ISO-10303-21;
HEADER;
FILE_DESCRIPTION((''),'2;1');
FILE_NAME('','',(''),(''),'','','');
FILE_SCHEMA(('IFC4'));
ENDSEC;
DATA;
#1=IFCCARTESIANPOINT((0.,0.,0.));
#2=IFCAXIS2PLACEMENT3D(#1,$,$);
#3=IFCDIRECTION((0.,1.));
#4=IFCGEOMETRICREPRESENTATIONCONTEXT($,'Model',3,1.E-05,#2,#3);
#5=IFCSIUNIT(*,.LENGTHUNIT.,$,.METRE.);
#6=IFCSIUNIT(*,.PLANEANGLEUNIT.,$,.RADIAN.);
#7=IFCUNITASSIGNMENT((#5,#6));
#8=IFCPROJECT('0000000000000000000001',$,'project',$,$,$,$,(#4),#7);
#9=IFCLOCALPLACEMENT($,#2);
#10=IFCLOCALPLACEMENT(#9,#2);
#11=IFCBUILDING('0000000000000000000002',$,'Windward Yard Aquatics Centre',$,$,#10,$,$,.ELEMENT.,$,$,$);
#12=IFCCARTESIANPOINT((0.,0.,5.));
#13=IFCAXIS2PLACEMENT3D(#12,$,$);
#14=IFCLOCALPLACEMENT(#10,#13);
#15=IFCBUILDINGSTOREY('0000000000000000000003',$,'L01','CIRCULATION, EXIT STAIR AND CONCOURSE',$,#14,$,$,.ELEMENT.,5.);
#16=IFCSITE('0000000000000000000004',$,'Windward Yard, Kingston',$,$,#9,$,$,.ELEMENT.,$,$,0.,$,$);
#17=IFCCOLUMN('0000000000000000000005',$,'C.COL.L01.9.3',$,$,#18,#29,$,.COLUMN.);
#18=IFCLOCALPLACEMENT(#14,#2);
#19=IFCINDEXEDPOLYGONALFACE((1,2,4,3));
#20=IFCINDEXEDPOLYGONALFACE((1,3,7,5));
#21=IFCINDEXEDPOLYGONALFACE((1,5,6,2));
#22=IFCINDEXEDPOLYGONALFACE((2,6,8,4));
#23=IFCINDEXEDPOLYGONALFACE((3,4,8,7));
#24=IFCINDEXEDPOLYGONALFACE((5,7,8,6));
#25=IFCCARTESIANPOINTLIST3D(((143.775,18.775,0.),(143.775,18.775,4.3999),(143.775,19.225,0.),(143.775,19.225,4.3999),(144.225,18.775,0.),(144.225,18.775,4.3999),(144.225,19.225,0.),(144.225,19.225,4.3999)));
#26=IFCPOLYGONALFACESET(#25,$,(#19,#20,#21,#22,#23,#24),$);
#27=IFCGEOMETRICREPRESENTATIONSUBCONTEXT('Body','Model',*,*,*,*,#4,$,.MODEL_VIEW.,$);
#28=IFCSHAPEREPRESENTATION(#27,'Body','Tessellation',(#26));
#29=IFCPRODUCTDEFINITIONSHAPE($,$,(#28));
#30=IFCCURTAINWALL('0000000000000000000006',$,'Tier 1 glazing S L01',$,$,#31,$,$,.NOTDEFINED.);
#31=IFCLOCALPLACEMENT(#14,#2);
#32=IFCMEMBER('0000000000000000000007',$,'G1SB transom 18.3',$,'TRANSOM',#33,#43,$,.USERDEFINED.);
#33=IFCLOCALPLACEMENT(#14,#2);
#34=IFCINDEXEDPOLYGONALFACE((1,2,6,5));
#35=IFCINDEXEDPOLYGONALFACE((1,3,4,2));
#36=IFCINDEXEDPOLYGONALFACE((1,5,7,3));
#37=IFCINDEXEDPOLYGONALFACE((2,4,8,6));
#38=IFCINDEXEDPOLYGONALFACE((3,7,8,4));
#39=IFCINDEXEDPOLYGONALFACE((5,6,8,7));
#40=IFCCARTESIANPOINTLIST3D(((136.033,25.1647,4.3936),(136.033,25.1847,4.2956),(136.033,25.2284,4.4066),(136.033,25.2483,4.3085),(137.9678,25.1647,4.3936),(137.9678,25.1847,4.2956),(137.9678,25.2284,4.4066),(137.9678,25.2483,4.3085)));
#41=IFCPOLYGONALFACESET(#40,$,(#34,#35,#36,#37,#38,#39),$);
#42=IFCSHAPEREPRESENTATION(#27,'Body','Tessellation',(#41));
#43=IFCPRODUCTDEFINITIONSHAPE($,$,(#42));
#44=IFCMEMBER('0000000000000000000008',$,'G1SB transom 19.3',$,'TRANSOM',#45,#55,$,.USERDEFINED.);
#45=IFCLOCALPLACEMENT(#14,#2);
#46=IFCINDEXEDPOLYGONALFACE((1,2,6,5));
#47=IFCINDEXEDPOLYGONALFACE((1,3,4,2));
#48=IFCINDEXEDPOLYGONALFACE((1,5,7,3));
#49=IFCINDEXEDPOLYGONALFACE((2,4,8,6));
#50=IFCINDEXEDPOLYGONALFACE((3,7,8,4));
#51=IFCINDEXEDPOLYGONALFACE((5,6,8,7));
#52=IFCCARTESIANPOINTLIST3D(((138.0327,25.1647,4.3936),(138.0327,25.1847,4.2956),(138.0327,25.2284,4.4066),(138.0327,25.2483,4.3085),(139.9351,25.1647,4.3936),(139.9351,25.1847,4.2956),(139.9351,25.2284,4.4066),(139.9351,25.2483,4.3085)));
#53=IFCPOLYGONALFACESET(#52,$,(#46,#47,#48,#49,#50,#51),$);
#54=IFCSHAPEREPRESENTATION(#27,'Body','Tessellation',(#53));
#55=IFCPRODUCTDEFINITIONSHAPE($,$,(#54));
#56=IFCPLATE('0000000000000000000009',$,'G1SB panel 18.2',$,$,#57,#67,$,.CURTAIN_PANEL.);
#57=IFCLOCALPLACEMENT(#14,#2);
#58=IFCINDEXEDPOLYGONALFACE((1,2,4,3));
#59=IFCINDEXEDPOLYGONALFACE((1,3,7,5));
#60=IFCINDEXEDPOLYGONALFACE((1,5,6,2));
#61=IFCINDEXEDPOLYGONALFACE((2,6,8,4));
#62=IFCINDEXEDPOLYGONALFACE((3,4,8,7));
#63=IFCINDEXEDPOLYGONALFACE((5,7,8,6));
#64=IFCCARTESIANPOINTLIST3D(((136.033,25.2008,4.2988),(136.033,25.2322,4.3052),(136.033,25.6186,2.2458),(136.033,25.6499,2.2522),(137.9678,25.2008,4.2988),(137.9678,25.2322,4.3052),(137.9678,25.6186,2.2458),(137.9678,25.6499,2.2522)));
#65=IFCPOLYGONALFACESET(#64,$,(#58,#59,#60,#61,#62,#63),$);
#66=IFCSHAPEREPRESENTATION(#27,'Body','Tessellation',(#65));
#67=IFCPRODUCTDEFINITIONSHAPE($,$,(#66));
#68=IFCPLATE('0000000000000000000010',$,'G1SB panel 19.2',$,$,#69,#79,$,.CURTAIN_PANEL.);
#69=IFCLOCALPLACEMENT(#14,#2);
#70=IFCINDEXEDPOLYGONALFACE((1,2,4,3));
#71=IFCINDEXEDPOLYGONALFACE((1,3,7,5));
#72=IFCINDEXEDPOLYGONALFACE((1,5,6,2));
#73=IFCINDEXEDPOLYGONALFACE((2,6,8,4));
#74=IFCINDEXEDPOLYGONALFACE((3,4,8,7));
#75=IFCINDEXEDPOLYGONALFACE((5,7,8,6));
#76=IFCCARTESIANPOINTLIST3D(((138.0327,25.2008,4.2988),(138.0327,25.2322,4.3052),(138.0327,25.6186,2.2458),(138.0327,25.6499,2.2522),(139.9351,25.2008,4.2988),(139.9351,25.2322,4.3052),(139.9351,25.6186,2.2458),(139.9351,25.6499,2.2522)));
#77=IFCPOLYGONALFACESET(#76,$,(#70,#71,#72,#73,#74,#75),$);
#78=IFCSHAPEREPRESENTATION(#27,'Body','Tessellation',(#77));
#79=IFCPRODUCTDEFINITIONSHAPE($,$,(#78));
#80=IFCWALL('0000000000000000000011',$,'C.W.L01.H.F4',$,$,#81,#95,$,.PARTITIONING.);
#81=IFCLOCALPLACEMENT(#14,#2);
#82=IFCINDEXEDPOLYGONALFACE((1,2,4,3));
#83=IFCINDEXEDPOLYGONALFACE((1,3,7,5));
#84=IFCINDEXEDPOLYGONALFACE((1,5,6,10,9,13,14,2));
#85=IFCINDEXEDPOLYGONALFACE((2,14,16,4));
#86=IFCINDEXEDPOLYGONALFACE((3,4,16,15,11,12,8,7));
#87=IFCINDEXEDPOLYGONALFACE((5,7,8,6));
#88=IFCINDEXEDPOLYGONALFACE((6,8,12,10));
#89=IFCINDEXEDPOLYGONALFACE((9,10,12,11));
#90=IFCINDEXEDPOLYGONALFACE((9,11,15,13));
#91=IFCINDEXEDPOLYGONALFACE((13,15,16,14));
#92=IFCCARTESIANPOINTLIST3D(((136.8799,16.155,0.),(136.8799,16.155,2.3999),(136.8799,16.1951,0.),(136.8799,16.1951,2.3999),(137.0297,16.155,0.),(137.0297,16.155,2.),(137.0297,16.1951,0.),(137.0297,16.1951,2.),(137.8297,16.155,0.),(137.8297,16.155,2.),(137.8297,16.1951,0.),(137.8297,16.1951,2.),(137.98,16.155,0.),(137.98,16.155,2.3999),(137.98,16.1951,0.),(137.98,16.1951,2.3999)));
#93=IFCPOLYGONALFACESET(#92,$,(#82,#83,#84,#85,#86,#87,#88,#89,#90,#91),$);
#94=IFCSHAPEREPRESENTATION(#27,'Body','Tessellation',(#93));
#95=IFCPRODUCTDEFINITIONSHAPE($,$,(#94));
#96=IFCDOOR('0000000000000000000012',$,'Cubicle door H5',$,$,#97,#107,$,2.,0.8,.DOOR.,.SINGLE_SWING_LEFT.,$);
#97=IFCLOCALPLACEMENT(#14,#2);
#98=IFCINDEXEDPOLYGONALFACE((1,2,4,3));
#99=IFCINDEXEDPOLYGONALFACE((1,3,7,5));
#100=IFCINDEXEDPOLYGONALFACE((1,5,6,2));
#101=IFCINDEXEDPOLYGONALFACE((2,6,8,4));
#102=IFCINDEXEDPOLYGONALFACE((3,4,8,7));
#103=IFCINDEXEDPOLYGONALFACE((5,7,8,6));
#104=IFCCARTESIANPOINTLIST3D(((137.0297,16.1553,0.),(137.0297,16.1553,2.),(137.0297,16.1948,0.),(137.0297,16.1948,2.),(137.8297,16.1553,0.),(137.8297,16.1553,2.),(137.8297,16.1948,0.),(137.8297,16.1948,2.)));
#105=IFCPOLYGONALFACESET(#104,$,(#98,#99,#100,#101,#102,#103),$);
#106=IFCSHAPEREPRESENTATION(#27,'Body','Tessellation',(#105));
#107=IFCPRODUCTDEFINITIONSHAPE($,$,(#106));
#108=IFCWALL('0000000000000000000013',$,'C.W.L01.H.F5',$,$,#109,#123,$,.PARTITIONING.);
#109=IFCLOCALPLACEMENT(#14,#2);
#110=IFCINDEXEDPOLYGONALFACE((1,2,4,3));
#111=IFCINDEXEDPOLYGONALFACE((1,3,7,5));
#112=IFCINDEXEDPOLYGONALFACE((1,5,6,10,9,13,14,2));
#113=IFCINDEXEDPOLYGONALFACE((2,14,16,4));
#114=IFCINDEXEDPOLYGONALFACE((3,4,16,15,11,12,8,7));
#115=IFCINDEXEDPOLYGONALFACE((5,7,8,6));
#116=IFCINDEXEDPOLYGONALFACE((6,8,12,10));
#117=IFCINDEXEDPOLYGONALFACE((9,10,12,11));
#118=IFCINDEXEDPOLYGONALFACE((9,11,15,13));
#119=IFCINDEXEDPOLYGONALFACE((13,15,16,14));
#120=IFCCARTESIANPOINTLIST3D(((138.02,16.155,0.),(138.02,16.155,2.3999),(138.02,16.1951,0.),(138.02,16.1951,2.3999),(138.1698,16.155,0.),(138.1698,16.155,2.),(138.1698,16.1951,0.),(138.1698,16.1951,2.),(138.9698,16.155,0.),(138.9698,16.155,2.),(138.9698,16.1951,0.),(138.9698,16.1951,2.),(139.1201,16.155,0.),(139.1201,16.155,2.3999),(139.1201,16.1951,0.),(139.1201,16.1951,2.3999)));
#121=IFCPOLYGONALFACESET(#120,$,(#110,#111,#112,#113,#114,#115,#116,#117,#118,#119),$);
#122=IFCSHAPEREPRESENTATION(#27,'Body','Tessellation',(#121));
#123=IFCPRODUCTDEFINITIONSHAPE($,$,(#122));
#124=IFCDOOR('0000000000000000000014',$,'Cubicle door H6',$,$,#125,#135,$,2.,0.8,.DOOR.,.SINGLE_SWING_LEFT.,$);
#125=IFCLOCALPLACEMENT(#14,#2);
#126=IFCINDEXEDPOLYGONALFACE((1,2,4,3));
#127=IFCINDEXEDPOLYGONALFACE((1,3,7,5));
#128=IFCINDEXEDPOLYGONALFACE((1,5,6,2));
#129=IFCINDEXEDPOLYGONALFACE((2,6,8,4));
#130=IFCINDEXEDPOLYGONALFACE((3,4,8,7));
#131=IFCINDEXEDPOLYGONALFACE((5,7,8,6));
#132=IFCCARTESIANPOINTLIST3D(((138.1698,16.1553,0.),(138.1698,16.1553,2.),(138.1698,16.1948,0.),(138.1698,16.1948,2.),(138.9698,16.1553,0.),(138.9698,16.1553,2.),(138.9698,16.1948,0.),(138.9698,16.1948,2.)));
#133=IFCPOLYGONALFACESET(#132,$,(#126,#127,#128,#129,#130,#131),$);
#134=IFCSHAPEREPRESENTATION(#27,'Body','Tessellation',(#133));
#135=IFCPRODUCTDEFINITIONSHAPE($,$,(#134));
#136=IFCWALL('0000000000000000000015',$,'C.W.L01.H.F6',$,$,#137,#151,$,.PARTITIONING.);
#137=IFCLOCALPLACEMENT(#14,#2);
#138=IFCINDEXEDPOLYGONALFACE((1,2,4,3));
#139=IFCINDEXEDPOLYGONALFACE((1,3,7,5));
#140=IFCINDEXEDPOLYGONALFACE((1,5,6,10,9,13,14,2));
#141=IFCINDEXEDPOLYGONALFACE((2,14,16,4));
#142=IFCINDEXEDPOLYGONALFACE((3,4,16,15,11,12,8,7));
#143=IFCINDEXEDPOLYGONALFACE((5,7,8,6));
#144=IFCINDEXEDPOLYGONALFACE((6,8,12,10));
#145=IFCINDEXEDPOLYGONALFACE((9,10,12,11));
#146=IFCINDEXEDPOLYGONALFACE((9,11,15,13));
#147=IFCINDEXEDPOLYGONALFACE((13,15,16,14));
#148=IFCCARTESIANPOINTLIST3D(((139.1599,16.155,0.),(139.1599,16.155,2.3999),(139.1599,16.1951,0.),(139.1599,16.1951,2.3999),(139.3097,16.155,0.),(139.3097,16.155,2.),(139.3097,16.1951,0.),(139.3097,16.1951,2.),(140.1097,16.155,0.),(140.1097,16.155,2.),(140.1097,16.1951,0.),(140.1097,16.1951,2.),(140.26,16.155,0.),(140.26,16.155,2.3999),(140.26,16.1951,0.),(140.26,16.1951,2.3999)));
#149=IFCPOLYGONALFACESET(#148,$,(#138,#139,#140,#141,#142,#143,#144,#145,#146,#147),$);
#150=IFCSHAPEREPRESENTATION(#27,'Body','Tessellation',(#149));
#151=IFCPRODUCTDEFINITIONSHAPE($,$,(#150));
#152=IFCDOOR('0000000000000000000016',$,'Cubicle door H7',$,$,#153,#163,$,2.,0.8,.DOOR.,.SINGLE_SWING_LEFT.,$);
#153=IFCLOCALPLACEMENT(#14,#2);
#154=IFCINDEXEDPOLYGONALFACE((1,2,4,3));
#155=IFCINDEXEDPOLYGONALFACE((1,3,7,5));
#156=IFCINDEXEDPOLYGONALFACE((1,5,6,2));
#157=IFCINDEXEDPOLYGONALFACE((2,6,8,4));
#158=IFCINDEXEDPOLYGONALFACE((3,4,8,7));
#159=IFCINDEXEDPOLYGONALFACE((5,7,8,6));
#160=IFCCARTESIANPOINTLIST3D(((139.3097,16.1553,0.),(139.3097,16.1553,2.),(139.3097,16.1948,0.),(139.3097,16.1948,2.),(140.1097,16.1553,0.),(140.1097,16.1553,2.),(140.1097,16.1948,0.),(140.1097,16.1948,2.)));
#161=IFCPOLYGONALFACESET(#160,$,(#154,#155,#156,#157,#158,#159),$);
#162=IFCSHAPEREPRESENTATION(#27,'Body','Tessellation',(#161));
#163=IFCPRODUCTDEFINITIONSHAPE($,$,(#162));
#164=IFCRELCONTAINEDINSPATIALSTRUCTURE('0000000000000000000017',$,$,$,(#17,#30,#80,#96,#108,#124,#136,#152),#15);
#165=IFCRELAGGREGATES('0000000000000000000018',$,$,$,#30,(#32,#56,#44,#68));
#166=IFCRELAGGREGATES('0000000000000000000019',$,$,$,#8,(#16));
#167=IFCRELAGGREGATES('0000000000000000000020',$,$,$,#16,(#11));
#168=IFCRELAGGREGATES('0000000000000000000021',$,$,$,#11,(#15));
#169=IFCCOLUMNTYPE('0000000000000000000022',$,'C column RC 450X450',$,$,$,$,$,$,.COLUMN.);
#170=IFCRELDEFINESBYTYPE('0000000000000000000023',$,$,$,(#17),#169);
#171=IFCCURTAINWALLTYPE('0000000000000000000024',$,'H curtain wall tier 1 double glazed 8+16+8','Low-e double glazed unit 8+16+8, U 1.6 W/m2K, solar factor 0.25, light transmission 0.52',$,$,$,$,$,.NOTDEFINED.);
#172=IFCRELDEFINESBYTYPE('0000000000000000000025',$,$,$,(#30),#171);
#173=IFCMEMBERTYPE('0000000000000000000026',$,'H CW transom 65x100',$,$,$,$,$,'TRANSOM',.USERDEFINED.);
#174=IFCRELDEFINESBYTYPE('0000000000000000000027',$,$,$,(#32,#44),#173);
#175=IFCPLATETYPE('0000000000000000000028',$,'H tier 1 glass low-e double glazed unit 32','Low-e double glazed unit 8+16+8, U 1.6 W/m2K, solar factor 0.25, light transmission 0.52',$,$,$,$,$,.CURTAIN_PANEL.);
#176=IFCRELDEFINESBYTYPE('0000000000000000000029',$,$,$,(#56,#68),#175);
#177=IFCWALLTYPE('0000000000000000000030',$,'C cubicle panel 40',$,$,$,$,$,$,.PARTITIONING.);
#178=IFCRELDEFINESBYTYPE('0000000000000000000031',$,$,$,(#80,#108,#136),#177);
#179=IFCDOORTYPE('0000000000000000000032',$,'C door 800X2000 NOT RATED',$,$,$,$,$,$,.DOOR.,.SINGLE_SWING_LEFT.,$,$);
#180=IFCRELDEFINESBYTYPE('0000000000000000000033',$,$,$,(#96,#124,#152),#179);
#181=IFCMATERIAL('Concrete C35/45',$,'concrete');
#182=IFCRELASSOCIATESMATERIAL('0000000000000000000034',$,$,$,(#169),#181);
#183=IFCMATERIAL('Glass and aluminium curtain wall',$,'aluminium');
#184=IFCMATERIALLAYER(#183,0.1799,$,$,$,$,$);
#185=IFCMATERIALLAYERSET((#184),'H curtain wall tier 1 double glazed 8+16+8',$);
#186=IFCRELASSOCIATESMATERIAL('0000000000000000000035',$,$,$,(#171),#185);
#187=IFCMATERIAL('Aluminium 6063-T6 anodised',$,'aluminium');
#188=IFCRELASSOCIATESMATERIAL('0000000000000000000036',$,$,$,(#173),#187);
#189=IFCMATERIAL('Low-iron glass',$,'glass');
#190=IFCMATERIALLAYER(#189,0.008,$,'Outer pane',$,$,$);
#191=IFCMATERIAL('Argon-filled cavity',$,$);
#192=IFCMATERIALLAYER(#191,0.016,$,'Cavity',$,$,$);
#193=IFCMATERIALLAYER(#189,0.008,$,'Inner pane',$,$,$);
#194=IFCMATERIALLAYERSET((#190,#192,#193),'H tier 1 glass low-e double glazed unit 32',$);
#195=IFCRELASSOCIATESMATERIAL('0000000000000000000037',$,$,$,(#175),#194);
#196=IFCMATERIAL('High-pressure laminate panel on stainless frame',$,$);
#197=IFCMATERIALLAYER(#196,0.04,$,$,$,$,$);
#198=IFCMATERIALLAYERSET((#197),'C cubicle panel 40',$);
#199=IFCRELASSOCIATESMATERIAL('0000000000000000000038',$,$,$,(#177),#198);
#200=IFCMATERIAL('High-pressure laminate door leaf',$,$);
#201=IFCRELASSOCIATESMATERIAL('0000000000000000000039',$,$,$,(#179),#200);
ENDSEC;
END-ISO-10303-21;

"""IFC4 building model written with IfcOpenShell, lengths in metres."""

from ifc_helpers import new_model, si_unit, direction, frame, frame_2d, origin, origin_2d, place, context, subcontext, project, spatial, polyline, rectangle, outline, extrude, material, layer, layer_set, material_profile, profile_set, type_object, element, fill, aggregate, save


model = new_model("IFC4")

# Units and contexts
model_context = context("Model", 3, precision=1e-05, world=origin(), true_north=direction((0.0, 1.0)))
body_context = subcontext(model_context, "Body", "Model", "MODEL_VIEW")
ifc_project = project(units=[si_unit("LENGTHUNIT", "METRE"), si_unit("PLANEANGLEUNIT", "RADIAN")], contexts=[model_context])

# Site, building, storey
site_placement = place(None, origin())
site = spatial("IfcSite", under=ifc_project, at=site_placement, Name="Windward Yard, Kingston", CompositionType="ELEMENT", RefElevation=0.0)
building_placement = place(site_placement, origin())
building = spatial("IfcBuilding", under=site, at=building_placement, Name="Windward Yard Aquatics Centre", CompositionType="ELEMENT")
storey_placement = place(building_placement, frame((0.0, 0.0, 5.0)))
storey = spatial("IfcBuildingStorey", under=building, at=storey_placement, Name="L01", Description="CIRCULATION, EXIT STAIR AND CONCOURSE", CompositionType="ELEMENT", Elevation=5.0)

# Column
ifc_material_1 = material(Name="Concrete C35/45", Category="concrete")
ifc_material_profile_1 = material_profile(ifc_material_1, rectangle(XDim=0.45, YDim=0.45, at=origin_2d()), Name="RC 450X450")
ifc_profile_set_1 = profile_set([ifc_material_profile_1], Name="Concrete C35/45")
column_type = type_object("IfcColumnType", Name="C column RC 450X450", PredefinedType="COLUMN", material=ifc_profile_set_1)
column_placement = place(storey_placement, frame((144.0, 19.0, 0.0), z_axis=(0.0, 0.0, 1.0), x_axis=(1.0, 0.0, 0.0)))
element("IfcColumn", 1, at=column_placement, inside=storey, type_object=column_type, Name="C.COL.L01.9.3", PredefinedType="COLUMN", context=body_context, shape_type="SweptSolid", body=[
    extrude(rectangle(XDim=0.45, YDim=0.45, at=origin_2d()), origin(), (0.0, 0.0, 1.0), 4.3999),
])

# Curtain wall, members, plates
ifc_material_2 = material(Name="Glass and aluminium curtain wall", Category="aluminium")
ifc_layer_1 = layer(ifc_material_2, 0.1799)
ifc_layer_set_1 = layer_set([ifc_layer_1], Name="H curtain wall tier 1 double glazed 8+16+8")
curtain_wall_type = type_object("IfcCurtainWallType", Name="H curtain wall tier 1 double glazed 8+16+8", Description="Low-e double glazed unit 8+16+8, U 1.6 W/m2K, solar factor 0.25, light transmission 0.52", PredefinedType="NOTDEFINED", material=ifc_layer_set_1)
curtain_wall_placement = place(storey_placement, origin())
curtain_wall = element("IfcCurtainWall", 2, at=curtain_wall_placement, inside=storey, type_object=curtain_wall_type, Name="Tier 1 glazing S L01", PredefinedType="NOTDEFINED")
ifc_material_3 = material(Name="Aluminium 6063-T6 anodised", Category="aluminium")
ifc_material_profile_2 = material_profile(ifc_material_3, rectangle(XDim=0.0649, YDim=0.1001, at=origin_2d()), Name="H CW transom 65x100")
ifc_profile_set_2 = profile_set([ifc_material_profile_2], Name="Aluminium 6063-T6 anodised")
member_type = type_object("IfcMemberType", Name="H CW transom 65x100", ElementType="TRANSOM", PredefinedType="USERDEFINED", material=ifc_profile_set_2)
member_1_placement = place(storey_placement, frame((136.033, 25.2065, 4.3511), z_axis=(1.0, 0.0, 0.0), x_axis=(0.0, 0.979925, 0.199368)))
member_1 = element("IfcMember", 3, at=member_1_placement, type_object=member_type, Name="G1SB transom 18.3", ObjectType="TRANSOM", PredefinedType="USERDEFINED", context=body_context, shape_type="SweptSolid", body=[
    extrude(rectangle(XDim=0.0649, YDim=0.1001, at=origin_2d()), origin(), (0.0, 0.0, 1.0), 1.9348),
])
member_2_placement = place(storey_placement, frame((138.0327, 25.2065, 4.3511), z_axis=(1.0, 0.0, 0.0), x_axis=(0.0, 0.979925, 0.199368)))
member_2 = element("IfcMember", 4, at=member_2_placement, type_object=member_type, Name="G1SB transom 19.3", ObjectType="TRANSOM", PredefinedType="USERDEFINED", context=body_context, shape_type="SweptSolid", body=[
    extrude(rectangle(XDim=0.0649, YDim=0.1001, at=origin_2d()), origin(), (0.0, 0.0, 1.0), 1.9023),
])
ifc_material_4 = material(Name="Low-iron glass", Category="glass")
ifc_layer_2 = layer(ifc_material_4, 0.008, Name="Outer pane")
ifc_material_5 = material(Name="Argon-filled cavity")
ifc_layer_3 = layer(ifc_material_5, 0.016, Name="Cavity")
ifc_layer_4 = layer(ifc_material_4, 0.008, Name="Inner pane")
ifc_layer_set_2 = layer_set([ifc_layer_2, ifc_layer_3, ifc_layer_4], Name="H tier 1 glass low-e double glazed unit 32")
plate_type = type_object("IfcPlateType", Name="H tier 1 glass low-e double glazed unit 32", Description="Low-e double glazed unit 8+16+8, U 1.6 W/m2K, solar factor 0.25, light transmission 0.52", PredefinedType="CURTAIN_PANEL", material=ifc_layer_set_2)
plate_1_placement = place(storey_placement, frame((136.033, 25.2322, 4.3052), z_axis=(0.0, 0.979921, 0.199387), x_axis=(0.0, 0.199387, -0.979921)))
plate_1 = element("IfcPlate", 5, at=plate_1_placement, type_object=plate_type, Name="G1SB panel 18.2", PredefinedType="CURTAIN_PANEL", context=body_context, shape_type="SweptSolid", body=[
    extrude(outline(polyline([(0.0, 0.0), (2.095, 0.0), (2.095, -1.9348), (0.0, -1.9348), (0.0, 0.0)])), origin(), (0.0, 0.0, -1.0), 0.032),
])
plate_2_placement = place(storey_placement, frame((138.0327, 25.2322, 4.3052), z_axis=(0.0, 0.979921, 0.199387), x_axis=(0.0, 0.199387, -0.979921)))
plate_2 = element("IfcPlate", 6, at=plate_2_placement, type_object=plate_type, Name="G1SB panel 19.2", PredefinedType="CURTAIN_PANEL", context=body_context, shape_type="SweptSolid", body=[
    extrude(outline(polyline([(0.0, 0.0), (2.095, 0.0), (2.095, -1.9023), (0.0, -1.9023), (0.0, 0.0)])), origin(), (0.0, 0.0, -1.0), 0.032),
])
aggregate(curtain_wall, [member_1, plate_1, member_2, plate_2])

# Walls, openings, doors
ifc_material_6 = material(Name="High-pressure laminate panel on stainless frame")
ifc_layer_5 = layer(ifc_material_6, 0.04)
ifc_layer_set_3 = layer_set([ifc_layer_5], Name="C cubicle panel 40")
wall_type_1 = type_object("IfcWallType", Name="C cubicle panel 40", PredefinedType="PARTITIONING", material=ifc_layer_set_3)
wall_1_placement = place(storey_placement, frame((136.8799, 16.175, 0.0), z_axis=(0.0, 0.0, 1.0), x_axis=(1.0, 0.0, 0.0)))
wall_1 = element("IfcWall", 7, at=wall_1_placement, inside=storey, type_object=wall_type_1, Name="C.W.L01.H.F4", PredefinedType="PARTITIONING", context=body_context, shape_type="SweptSolid", body=[
    extrude(rectangle(XDim=1.1001, YDim=0.04, at=frame_2d((0.55, 0.0))), origin(), (0.0, 0.0, 1.0), 2.3999),
])
opening_1_placement = place(wall_1_placement, frame((0.1499, 0.0, 0.0)))
opening_1 = element("IfcOpeningElement", 8, at=opening_1_placement, cuts=wall_1, PredefinedType="OPENING", context=body_context, shape_type="SweptSolid", body=[
    extrude(rectangle(XDim=0.8, YDim=2.0, at=frame_2d((0.3999, 1.0))), frame((0.0, 0.03, 0.0), z_axis=(0.0, -1.0, 0.0), x_axis=(1.0, 0.0, 0.0)), (0.0, 0.0, 1.0), 0.0601),
])
ifc_material_7 = material(Name="High-pressure laminate door leaf")
door_type = type_object("IfcDoorType", Name="C door 800X2000 NOT RATED", OperationType="SINGLE_SWING_LEFT", PredefinedType="DOOR", material=ifc_material_7)
door_1_placement = place(opening_1_placement, origin())
door_1 = element("IfcDoor", 9, at=door_1_placement, inside=storey, type_object=door_type, Name="Cubicle door H5", OperationType="SINGLE_SWING_LEFT", OverallHeight=2.0, OverallWidth=0.8, PredefinedType="DOOR", context=body_context, shape_type="SweptSolid", body=[
    extrude(rectangle(XDim=0.8, YDim=2.0, at=frame_2d((0.3999, 1.0))), frame((0.0, 0.0198, 0.0), z_axis=(0.0, -1.0, 0.0), x_axis=(1.0, 0.0, 0.0)), (0.0, 0.0, 1.0), 0.0396),
])
fill(opening_1, door_1)
wall_2_placement = place(storey_placement, frame((138.02, 16.175, 0.0), z_axis=(0.0, 0.0, 1.0), x_axis=(1.0, 0.0, 0.0)))
wall_2 = element("IfcWall", 10, at=wall_2_placement, inside=storey, type_object=wall_type_1, Name="C.W.L01.H.F5", PredefinedType="PARTITIONING", context=body_context, shape_type="SweptSolid", body=[
    extrude(rectangle(XDim=1.1001, YDim=0.04, at=frame_2d((0.55, 0.0))), origin(), (0.0, 0.0, 1.0), 2.3999),
])
opening_2_placement = place(wall_2_placement, frame((0.1499, 0.0, 0.0)))
opening_2 = element("IfcOpeningElement", 11, at=opening_2_placement, cuts=wall_2, PredefinedType="OPENING", context=body_context, shape_type="SweptSolid", body=[
    extrude(rectangle(XDim=0.8, YDim=2.0, at=frame_2d((0.3999, 1.0))), frame((0.0, 0.03, 0.0), z_axis=(0.0, -1.0, 0.0), x_axis=(1.0, 0.0, 0.0)), (0.0, 0.0, 1.0), 0.0601),
])
door_2_placement = place(opening_2_placement, origin())
door_2 = element("IfcDoor", 12, at=door_2_placement, inside=storey, type_object=door_type, Name="Cubicle door H6", OperationType="SINGLE_SWING_LEFT", OverallHeight=2.0, OverallWidth=0.8, PredefinedType="DOOR", context=body_context, shape_type="SweptSolid", body=[
    extrude(rectangle(XDim=0.8, YDim=2.0, at=frame_2d((0.3999, 1.0))), frame((0.0, 0.0198, 0.0), z_axis=(0.0, -1.0, 0.0), x_axis=(1.0, 0.0, 0.0)), (0.0, 0.0, 1.0), 0.0396),
])
fill(opening_2, door_2)
wall_3_placement = place(storey_placement, frame((139.1599, 16.175, 0.0), z_axis=(0.0, 0.0, 1.0), x_axis=(1.0, 0.0, 0.0)))
wall_3 = element("IfcWall", 13, at=wall_3_placement, inside=storey, type_object=wall_type_1, Name="C.W.L01.H.F6", PredefinedType="PARTITIONING", context=body_context, shape_type="SweptSolid", body=[
    extrude(rectangle(XDim=1.1001, YDim=0.04, at=frame_2d((0.55, 0.0))), origin(), (0.0, 0.0, 1.0), 2.3999),
])
opening_3_placement = place(wall_3_placement, frame((0.1499, 0.0, 0.0)))
opening_3 = element("IfcOpeningElement", 14, at=opening_3_placement, cuts=wall_3, PredefinedType="OPENING", context=body_context, shape_type="SweptSolid", body=[
    extrude(rectangle(XDim=0.8, YDim=2.0, at=frame_2d((0.3999, 1.0))), frame((0.0, 0.03, 0.0), z_axis=(0.0, -1.0, 0.0), x_axis=(1.0, 0.0, 0.0)), (0.0, 0.0, 1.0), 0.0601),
])
door_3_placement = place(opening_3_placement, origin())
door_3 = element("IfcDoor", 15, at=door_3_placement, inside=storey, type_object=door_type, Name="Cubicle door H7", OperationType="SINGLE_SWING_LEFT", OverallHeight=2.0, OverallWidth=0.8, PredefinedType="DOOR", context=body_context, shape_type="SweptSolid", body=[
    extrude(rectangle(XDim=0.8, YDim=2.0, at=frame_2d((0.3999, 1.0))), frame((0.0, 0.0198, 0.0), z_axis=(0.0, -1.0, 0.0), x_axis=(1.0, 0.0, 0.0)), (0.0, 0.0, 1.0), 0.0396),
])
fill(opening_3, door_3)

save(model, "model.ifc")
